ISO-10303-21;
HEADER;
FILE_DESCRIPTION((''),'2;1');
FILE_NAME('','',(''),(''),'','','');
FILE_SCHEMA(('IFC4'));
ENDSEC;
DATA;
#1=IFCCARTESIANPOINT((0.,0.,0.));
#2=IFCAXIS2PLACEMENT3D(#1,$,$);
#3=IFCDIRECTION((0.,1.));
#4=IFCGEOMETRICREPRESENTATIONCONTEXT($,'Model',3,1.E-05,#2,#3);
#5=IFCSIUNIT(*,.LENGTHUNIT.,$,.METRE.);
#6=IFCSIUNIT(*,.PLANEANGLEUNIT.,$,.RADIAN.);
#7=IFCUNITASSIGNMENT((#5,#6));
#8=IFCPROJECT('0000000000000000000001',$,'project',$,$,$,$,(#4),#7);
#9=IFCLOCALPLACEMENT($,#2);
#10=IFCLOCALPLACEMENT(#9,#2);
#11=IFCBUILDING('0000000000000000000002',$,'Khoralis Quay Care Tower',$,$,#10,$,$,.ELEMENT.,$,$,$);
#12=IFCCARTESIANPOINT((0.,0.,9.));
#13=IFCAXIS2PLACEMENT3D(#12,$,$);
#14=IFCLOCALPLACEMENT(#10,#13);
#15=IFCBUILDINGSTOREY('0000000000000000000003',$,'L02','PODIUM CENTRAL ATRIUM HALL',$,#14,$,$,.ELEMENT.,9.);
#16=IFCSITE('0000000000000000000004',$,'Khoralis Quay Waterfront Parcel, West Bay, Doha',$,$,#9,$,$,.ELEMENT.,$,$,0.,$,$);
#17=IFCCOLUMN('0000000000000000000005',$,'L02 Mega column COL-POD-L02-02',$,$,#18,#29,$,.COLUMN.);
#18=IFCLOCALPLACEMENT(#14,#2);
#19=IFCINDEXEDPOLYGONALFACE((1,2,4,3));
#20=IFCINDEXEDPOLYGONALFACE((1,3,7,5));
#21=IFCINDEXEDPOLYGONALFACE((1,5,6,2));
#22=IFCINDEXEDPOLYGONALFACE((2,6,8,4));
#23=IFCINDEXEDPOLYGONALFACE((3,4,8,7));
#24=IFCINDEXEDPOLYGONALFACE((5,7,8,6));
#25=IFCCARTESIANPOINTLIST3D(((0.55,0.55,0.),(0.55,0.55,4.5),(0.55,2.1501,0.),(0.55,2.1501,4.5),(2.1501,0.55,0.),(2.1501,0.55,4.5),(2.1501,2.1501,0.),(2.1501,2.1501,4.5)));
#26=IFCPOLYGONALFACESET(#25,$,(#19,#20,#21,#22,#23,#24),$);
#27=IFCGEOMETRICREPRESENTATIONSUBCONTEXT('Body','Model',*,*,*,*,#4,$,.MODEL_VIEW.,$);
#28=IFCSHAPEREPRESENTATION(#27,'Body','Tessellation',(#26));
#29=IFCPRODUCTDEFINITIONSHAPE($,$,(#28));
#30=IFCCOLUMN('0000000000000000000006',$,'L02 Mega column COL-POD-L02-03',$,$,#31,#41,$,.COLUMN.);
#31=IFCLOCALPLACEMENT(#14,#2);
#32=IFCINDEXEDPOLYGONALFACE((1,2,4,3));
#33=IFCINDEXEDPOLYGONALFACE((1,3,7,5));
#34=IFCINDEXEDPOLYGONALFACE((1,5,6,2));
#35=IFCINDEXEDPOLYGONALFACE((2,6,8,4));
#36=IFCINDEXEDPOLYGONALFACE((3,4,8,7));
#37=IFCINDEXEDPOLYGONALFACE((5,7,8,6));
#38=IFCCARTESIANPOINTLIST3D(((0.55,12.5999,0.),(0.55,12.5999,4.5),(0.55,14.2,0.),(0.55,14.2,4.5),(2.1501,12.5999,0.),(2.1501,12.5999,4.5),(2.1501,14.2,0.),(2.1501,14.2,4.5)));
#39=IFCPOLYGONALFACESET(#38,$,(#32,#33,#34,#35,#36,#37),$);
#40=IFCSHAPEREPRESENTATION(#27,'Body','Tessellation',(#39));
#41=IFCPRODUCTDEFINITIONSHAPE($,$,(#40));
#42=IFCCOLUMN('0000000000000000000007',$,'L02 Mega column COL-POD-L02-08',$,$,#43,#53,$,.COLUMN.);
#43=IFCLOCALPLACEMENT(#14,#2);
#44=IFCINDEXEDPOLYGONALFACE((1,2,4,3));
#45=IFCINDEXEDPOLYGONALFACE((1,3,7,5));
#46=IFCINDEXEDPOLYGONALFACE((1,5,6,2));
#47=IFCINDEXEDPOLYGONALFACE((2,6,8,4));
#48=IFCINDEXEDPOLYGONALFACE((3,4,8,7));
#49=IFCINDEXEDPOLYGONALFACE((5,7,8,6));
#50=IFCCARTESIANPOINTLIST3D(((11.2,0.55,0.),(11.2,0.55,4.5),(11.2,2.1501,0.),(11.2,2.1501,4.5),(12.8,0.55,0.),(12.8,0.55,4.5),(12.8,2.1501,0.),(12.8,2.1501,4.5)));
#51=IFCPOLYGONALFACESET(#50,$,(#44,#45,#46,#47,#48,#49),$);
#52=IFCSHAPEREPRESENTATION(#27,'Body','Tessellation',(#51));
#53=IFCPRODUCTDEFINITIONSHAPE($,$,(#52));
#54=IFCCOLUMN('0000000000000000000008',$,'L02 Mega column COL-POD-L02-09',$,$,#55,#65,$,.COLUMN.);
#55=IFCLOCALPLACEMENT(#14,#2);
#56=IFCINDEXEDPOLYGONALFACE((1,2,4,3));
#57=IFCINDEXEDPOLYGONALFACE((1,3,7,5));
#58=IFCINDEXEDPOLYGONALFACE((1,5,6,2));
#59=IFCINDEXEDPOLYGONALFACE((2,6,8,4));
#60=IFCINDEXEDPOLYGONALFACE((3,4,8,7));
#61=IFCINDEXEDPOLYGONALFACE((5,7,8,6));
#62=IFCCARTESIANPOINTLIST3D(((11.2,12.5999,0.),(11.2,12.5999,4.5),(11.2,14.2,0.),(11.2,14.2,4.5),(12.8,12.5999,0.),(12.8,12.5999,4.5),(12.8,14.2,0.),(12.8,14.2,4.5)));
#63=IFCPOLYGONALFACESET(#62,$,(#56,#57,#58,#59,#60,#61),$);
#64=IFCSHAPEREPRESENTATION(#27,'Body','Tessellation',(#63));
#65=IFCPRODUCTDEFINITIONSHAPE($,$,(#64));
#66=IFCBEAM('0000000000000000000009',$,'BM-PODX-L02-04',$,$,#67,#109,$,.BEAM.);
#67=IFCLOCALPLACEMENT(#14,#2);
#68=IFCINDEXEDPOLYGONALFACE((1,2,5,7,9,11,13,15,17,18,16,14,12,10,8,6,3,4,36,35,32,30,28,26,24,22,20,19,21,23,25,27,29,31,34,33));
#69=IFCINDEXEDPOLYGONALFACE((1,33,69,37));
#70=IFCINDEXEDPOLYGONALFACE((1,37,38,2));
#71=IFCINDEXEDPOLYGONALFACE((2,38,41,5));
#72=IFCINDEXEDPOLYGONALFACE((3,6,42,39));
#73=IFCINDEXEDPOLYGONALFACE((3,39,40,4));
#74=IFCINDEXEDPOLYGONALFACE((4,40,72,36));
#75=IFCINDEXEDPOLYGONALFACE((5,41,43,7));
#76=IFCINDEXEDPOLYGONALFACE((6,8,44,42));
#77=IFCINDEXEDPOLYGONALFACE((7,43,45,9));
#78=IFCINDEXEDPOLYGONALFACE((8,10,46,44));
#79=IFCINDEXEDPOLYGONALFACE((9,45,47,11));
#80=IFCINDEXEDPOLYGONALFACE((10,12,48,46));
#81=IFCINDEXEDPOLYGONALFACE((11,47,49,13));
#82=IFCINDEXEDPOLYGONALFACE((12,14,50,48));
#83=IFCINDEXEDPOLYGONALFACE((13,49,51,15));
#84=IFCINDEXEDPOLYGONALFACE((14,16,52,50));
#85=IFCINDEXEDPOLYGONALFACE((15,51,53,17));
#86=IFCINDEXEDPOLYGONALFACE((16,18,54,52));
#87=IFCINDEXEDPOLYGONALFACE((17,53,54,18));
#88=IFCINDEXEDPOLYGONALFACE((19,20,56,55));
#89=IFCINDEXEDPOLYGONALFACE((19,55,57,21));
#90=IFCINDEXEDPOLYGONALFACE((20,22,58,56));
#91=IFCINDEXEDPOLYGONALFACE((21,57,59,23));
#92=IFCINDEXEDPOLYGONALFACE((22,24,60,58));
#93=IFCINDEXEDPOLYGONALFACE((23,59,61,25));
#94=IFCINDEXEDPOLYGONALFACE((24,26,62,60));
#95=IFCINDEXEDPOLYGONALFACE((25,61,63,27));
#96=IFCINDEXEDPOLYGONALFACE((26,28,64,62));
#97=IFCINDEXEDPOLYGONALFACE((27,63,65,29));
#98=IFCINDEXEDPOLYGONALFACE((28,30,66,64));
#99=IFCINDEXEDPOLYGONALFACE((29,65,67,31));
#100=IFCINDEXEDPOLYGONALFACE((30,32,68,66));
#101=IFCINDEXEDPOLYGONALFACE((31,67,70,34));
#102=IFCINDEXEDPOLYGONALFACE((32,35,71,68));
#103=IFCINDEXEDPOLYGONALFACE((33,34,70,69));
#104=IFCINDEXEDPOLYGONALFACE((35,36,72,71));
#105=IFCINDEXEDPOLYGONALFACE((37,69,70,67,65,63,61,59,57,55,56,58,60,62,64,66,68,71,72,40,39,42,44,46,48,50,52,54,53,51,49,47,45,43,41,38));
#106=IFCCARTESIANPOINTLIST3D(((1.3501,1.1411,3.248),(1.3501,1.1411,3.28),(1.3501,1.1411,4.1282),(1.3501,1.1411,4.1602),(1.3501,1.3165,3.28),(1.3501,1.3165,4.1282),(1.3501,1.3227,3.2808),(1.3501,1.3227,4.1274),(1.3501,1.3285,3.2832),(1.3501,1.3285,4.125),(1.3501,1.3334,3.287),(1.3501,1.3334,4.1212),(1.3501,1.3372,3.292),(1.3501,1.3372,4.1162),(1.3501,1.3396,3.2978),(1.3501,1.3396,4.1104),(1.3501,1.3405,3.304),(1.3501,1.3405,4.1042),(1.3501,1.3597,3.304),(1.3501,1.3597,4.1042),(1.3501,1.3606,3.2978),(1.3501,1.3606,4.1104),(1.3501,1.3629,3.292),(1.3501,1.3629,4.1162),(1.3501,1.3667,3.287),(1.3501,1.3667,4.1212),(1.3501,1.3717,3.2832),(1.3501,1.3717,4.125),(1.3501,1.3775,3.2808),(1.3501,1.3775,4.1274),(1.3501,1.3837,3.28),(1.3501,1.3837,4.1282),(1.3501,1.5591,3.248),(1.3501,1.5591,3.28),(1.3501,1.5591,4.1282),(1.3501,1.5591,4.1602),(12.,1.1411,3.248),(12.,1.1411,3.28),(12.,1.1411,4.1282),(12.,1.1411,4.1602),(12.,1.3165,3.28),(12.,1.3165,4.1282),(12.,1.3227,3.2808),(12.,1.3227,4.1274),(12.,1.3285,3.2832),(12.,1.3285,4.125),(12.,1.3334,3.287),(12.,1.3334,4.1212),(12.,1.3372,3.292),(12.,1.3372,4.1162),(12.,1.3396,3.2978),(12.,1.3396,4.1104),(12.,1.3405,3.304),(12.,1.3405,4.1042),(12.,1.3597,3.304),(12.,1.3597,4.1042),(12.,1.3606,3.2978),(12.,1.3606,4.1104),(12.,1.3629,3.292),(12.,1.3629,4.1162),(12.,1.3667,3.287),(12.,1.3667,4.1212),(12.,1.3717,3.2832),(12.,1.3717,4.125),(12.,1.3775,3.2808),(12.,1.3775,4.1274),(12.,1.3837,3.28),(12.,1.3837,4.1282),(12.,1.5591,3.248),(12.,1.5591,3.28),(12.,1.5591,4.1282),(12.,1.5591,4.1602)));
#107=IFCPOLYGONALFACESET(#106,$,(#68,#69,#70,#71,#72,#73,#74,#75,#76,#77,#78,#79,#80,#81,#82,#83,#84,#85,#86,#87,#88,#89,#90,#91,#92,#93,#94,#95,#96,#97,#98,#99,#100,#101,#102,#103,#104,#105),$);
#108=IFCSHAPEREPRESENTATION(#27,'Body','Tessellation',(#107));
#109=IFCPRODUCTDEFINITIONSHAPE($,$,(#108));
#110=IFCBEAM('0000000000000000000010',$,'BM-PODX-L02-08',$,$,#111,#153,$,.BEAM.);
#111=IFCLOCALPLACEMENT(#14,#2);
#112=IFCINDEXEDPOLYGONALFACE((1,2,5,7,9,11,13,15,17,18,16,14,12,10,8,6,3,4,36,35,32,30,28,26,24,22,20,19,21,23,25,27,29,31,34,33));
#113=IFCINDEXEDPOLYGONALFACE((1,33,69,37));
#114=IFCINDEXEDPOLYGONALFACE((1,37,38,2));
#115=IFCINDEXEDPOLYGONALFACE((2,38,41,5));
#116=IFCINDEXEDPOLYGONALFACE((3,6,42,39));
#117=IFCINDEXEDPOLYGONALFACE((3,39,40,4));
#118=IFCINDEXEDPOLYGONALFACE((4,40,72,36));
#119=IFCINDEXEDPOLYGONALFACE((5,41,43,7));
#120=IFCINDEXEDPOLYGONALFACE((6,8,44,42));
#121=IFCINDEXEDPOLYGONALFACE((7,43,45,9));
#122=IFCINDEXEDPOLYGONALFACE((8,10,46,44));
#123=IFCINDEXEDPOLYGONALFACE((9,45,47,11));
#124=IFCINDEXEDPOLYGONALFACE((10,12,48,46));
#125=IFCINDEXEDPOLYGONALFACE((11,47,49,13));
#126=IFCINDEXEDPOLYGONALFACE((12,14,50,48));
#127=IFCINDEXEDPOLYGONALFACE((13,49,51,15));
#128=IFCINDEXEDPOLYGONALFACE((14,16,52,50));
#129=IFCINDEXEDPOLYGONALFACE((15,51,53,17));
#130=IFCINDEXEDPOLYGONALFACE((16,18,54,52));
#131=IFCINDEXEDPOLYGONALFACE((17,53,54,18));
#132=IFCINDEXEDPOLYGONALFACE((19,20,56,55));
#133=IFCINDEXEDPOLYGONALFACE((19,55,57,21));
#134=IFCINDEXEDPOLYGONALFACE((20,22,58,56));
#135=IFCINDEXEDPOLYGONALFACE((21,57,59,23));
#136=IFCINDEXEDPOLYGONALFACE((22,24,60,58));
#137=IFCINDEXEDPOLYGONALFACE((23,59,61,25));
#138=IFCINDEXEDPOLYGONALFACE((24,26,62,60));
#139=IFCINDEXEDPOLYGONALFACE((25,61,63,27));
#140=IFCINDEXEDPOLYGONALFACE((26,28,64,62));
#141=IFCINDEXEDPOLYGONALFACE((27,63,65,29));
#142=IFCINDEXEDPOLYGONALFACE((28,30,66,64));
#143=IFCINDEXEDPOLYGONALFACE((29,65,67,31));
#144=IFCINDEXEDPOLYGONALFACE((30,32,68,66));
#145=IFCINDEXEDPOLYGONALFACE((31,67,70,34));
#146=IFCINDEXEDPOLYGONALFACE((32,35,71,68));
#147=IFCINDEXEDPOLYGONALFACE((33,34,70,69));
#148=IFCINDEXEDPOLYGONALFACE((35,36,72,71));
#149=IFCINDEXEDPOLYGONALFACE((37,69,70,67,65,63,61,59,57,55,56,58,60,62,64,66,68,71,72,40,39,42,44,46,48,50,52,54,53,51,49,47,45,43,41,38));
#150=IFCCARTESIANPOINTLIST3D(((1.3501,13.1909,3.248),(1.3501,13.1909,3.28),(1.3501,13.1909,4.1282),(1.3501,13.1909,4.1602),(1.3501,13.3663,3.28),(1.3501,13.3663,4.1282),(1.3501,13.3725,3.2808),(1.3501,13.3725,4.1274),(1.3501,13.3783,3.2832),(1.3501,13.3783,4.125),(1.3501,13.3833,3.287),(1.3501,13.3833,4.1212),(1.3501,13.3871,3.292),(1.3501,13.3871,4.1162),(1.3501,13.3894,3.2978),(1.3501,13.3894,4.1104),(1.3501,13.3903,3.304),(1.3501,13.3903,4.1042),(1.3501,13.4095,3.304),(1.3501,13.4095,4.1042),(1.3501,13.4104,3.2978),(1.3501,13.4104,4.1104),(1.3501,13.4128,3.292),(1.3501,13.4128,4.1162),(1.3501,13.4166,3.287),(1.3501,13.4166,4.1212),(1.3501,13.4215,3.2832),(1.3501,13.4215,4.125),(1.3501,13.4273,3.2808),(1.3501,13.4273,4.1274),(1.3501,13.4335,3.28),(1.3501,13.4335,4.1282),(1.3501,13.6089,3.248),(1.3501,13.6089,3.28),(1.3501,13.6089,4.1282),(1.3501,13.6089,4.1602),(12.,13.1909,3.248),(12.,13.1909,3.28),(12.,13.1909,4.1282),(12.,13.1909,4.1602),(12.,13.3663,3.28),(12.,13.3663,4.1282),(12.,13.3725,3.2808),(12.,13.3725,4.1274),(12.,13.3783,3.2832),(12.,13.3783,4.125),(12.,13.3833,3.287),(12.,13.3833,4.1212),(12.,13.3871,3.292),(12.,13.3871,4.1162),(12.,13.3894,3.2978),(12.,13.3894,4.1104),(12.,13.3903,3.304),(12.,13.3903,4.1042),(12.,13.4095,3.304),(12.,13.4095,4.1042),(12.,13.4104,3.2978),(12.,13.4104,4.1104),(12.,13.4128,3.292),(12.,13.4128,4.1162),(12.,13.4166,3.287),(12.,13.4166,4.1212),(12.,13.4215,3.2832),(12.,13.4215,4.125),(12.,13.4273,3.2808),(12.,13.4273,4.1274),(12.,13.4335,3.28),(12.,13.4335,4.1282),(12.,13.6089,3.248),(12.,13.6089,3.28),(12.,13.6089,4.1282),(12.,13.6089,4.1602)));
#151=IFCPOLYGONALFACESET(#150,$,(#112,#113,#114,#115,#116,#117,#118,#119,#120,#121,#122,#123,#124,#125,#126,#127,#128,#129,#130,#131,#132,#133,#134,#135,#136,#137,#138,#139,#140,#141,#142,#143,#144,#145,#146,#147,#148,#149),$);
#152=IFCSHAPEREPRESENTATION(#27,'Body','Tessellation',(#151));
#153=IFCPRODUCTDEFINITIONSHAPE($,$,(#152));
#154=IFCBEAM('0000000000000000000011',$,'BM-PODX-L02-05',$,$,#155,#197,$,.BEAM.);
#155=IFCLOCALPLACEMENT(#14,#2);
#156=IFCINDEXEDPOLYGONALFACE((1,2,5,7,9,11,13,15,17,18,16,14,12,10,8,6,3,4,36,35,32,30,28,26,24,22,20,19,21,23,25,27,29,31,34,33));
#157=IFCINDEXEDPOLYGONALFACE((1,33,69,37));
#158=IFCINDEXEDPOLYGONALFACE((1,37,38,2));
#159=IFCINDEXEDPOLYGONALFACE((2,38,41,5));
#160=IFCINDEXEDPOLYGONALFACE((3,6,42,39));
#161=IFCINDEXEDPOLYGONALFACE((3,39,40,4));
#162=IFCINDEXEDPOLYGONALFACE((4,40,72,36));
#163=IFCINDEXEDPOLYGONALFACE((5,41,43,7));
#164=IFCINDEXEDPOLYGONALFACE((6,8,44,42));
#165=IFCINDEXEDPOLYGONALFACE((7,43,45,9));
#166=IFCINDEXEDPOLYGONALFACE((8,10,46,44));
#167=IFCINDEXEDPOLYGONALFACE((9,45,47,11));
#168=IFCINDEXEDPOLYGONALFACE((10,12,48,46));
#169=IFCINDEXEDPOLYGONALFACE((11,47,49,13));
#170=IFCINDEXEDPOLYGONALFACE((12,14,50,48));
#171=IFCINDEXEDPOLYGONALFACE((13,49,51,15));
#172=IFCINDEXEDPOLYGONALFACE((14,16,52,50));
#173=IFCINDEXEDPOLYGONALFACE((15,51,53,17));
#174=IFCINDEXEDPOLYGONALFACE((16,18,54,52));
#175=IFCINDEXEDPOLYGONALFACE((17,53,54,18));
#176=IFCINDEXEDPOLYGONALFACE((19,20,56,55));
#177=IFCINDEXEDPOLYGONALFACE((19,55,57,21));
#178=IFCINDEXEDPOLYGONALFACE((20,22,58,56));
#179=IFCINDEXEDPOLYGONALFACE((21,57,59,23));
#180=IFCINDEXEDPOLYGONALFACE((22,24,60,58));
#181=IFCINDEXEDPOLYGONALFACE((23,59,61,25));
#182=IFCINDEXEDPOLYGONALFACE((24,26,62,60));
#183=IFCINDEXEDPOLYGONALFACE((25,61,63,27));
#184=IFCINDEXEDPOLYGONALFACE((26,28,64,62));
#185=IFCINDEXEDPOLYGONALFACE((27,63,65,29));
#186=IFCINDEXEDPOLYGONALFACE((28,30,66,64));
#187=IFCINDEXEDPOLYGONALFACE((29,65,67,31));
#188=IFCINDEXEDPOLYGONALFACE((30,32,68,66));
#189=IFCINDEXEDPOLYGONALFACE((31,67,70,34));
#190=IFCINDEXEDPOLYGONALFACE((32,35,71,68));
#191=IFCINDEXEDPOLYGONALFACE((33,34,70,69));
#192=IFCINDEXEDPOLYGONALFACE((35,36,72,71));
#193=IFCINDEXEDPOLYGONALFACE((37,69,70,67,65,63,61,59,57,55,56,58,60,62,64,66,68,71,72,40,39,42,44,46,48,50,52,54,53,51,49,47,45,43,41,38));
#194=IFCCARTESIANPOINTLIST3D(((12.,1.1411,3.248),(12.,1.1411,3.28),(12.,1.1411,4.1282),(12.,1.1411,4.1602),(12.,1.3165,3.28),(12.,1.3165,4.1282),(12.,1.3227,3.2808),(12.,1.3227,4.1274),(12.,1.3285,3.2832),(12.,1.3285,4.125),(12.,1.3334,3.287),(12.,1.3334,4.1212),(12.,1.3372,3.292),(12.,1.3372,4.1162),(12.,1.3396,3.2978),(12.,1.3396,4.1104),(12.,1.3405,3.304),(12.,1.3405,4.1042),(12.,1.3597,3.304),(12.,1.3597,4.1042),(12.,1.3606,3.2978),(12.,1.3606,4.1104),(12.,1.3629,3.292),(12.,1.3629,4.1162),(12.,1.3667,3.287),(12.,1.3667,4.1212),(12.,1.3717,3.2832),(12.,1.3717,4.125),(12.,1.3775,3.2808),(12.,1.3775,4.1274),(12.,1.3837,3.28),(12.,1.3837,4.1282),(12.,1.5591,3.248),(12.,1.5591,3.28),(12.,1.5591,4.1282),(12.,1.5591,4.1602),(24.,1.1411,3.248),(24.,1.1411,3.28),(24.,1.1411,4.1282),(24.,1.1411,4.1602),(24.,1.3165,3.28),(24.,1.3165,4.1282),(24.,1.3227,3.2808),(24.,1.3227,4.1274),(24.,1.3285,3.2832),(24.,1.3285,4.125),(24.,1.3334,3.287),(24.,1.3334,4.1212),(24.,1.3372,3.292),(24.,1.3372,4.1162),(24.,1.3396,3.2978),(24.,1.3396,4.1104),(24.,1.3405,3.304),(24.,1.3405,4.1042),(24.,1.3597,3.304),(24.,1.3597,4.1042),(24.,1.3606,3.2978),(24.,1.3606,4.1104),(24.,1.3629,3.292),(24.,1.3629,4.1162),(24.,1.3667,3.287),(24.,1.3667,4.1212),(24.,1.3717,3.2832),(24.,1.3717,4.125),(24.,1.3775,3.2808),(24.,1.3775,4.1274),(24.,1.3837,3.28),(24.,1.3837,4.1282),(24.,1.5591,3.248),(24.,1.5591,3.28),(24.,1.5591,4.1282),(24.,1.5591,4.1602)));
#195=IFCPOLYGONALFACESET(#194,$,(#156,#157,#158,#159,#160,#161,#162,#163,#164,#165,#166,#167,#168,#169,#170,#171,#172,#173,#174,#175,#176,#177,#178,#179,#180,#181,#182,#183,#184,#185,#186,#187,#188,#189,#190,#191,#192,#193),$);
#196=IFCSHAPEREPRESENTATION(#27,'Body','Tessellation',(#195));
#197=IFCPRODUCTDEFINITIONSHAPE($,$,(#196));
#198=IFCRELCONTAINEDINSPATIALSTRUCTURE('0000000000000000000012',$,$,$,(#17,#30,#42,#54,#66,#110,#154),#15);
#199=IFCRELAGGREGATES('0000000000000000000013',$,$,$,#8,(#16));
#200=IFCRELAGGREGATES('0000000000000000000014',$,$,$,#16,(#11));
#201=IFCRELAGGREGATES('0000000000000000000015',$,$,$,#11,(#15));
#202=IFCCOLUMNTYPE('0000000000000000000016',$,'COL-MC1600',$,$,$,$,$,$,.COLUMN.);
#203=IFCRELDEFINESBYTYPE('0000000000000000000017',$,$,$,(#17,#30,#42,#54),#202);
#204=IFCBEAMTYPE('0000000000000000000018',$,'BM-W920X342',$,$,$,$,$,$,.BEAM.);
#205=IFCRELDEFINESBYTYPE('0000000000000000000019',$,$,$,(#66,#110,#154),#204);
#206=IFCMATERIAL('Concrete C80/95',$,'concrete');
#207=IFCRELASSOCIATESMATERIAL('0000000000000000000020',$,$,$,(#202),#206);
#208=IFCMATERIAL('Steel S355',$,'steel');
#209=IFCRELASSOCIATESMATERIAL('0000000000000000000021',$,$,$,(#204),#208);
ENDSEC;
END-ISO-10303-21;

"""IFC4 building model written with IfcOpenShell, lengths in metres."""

from ifc_helpers import new_model, si_unit, direction, frame, origin, origin_2d, place, context, subcontext, project, spatial, rectangle, i_section, extrude, source, transform, mapped, material, material_profile, profile_set, type_object, element, save


model = new_model("IFC4")

# Units and contexts
model_context = context("Model", 3, precision=1e-05, world=origin(), true_north=direction((0.0, 1.0)))
body_context = subcontext(model_context, "Body", "Model", "MODEL_VIEW")
ifc_project = project(units=[si_unit("LENGTHUNIT", "METRE"), si_unit("PLANEANGLEUNIT", "RADIAN")], contexts=[model_context])

# Site, building, storey
site_placement = place(None, origin())
site = spatial("IfcSite", under=ifc_project, at=site_placement, Name="Khoralis Quay Waterfront Parcel, West Bay, Doha", CompositionType="ELEMENT", RefElevation=0.0)
building_placement = place(site_placement, origin())
building = spatial("IfcBuilding", under=site, at=building_placement, Name="Khoralis Quay Care Tower", CompositionType="ELEMENT")
storey_placement = place(building_placement, frame((0.0, 0.0, 9.0)))
storey = spatial("IfcBuildingStorey", under=building, at=storey_placement, Name="L02", Description="PODIUM CENTRAL ATRIUM HALL", CompositionType="ELEMENT", Elevation=9.0)

# Columns
ifc_material_1 = material(Name="Concrete C80/95", Category="concrete")
ifc_material_profile_1 = material_profile(ifc_material_1, rectangle(XDim=1.6001, YDim=1.6001, at=origin_2d()), Name="Concrete C80/95")
ifc_profile_set_1 = profile_set([ifc_material_profile_1], Name="Concrete C80/95")
column_type = type_object("IfcColumnType", Name="COL-MC1600", PredefinedType="COLUMN", material=ifc_profile_set_1)
shared_shape_1 = source(origin(), body_context, "Body", "SweptSolid", [
    extrude(rectangle(XDim=1.6001, YDim=1.6001, at=origin_2d()), origin(), (0.0, 0.0, 1.0), 4.5),
])
for number, where, z_axis, x_axis, name in (
    (1, (1.3501, 1.3501, 0.0), (0.0, 0.0, 1.0), (1.0, 0.0, 0.0), "L02 Mega column COL-POD-L02-02"),
    (2, (1.3501, 13.3999, 0.0), (0.0, 0.0, 1.0), (1.0, 0.0, 0.0), "L02 Mega column COL-POD-L02-03"),
    (3, (12.0, 1.3501, 0.0), (0.0, 0.0, 1.0), (1.0, 0.0, 0.0), "L02 Mega column COL-POD-L02-08"),
    (4, (12.0, 13.3999, 0.0), (0.0, 0.0, 1.0), (1.0, 0.0, 0.0), "L02 Mega column COL-POD-L02-09"),
):
    element("IfcColumn", number, at=place(storey_placement, frame(where, z_axis=z_axis, x_axis=x_axis)), inside=storey, type_object=column_type, Name=name, PredefinedType="COLUMN", context=body_context, shape_type="MappedRepresentation", body=[
        mapped(shared_shape_1, transform((0.0, 0.0, 0.0), scale=1.0)),
    ])

# Beams
ifc_material_2 = material(Name="Steel S355", Category="steel")
ifc_material_profile_2 = material_profile(ifc_material_2, i_section(OverallWidth=0.418, OverallDepth=0.9121, WebThickness=0.0193, FlangeThickness=0.032, FilletRadius=0.0239, at=origin_2d()), Name="Steel S355")
ifc_profile_set_2 = profile_set([ifc_material_profile_2], Name="Steel S355")
beam_type_1 = type_object("IfcBeamType", Name="BM-W920X342", PredefinedType="BEAM", material=ifc_profile_set_2)
shared_shape_2 = source(origin(), body_context, "Body", "SweptSolid", [
    extrude(i_section(OverallWidth=0.418, OverallDepth=0.9121, WebThickness=0.0193, FlangeThickness=0.032, FilletRadius=0.0239, at=origin_2d()), origin(), (0.0, 0.0, 1.0), 10.6499),
])
for number, where, z_axis, x_axis, name in (
    (5, (1.3501, 1.3501, 3.7041), (1.0, 0.0, 0.0), (0.0, 1.0, 0.0), "BM-PODX-L02-04"),
    (6, (1.3501, 13.3999, 3.7041), (1.0, 0.0, 0.0), (0.0, 1.0, 0.0), "BM-PODX-L02-08"),
):
    element("IfcBeam", number, at=place(storey_placement, frame(where, z_axis=z_axis, x_axis=x_axis)), inside=storey, type_object=beam_type_1, Name=name, PredefinedType="BEAM", context=body_context, shape_type="MappedRepresentation", body=[
        mapped(shared_shape_2, transform((0.0, 0.0, 0.0), scale=1.0)),
    ])
shared_shape_3 = source(origin(), body_context, "Body", "SweptSolid", [
    extrude(i_section(OverallWidth=0.418, OverallDepth=0.9121, WebThickness=0.0193, FlangeThickness=0.032, FilletRadius=0.0239, at=origin_2d()), origin(), (0.0, 0.0, 1.0), 12.0),
])
for number, where, z_axis, x_axis, name in (
    (7, (12.0, 1.3501, 3.7041), (1.0, 0.0, 0.0), (0.0, 1.0, 0.0), "BM-PODX-L02-05"),
):
    element("IfcBeam", number, at=place(storey_placement, frame(where, z_axis=z_axis, x_axis=x_axis)), inside=storey, type_object=beam_type_1, Name=name, PredefinedType="BEAM", context=body_context, shape_type="MappedRepresentation", body=[
        mapped(shared_shape_3, transform((0.0, 0.0, 0.0), scale=1.0)),
    ])

save(model, "model.ifc")
